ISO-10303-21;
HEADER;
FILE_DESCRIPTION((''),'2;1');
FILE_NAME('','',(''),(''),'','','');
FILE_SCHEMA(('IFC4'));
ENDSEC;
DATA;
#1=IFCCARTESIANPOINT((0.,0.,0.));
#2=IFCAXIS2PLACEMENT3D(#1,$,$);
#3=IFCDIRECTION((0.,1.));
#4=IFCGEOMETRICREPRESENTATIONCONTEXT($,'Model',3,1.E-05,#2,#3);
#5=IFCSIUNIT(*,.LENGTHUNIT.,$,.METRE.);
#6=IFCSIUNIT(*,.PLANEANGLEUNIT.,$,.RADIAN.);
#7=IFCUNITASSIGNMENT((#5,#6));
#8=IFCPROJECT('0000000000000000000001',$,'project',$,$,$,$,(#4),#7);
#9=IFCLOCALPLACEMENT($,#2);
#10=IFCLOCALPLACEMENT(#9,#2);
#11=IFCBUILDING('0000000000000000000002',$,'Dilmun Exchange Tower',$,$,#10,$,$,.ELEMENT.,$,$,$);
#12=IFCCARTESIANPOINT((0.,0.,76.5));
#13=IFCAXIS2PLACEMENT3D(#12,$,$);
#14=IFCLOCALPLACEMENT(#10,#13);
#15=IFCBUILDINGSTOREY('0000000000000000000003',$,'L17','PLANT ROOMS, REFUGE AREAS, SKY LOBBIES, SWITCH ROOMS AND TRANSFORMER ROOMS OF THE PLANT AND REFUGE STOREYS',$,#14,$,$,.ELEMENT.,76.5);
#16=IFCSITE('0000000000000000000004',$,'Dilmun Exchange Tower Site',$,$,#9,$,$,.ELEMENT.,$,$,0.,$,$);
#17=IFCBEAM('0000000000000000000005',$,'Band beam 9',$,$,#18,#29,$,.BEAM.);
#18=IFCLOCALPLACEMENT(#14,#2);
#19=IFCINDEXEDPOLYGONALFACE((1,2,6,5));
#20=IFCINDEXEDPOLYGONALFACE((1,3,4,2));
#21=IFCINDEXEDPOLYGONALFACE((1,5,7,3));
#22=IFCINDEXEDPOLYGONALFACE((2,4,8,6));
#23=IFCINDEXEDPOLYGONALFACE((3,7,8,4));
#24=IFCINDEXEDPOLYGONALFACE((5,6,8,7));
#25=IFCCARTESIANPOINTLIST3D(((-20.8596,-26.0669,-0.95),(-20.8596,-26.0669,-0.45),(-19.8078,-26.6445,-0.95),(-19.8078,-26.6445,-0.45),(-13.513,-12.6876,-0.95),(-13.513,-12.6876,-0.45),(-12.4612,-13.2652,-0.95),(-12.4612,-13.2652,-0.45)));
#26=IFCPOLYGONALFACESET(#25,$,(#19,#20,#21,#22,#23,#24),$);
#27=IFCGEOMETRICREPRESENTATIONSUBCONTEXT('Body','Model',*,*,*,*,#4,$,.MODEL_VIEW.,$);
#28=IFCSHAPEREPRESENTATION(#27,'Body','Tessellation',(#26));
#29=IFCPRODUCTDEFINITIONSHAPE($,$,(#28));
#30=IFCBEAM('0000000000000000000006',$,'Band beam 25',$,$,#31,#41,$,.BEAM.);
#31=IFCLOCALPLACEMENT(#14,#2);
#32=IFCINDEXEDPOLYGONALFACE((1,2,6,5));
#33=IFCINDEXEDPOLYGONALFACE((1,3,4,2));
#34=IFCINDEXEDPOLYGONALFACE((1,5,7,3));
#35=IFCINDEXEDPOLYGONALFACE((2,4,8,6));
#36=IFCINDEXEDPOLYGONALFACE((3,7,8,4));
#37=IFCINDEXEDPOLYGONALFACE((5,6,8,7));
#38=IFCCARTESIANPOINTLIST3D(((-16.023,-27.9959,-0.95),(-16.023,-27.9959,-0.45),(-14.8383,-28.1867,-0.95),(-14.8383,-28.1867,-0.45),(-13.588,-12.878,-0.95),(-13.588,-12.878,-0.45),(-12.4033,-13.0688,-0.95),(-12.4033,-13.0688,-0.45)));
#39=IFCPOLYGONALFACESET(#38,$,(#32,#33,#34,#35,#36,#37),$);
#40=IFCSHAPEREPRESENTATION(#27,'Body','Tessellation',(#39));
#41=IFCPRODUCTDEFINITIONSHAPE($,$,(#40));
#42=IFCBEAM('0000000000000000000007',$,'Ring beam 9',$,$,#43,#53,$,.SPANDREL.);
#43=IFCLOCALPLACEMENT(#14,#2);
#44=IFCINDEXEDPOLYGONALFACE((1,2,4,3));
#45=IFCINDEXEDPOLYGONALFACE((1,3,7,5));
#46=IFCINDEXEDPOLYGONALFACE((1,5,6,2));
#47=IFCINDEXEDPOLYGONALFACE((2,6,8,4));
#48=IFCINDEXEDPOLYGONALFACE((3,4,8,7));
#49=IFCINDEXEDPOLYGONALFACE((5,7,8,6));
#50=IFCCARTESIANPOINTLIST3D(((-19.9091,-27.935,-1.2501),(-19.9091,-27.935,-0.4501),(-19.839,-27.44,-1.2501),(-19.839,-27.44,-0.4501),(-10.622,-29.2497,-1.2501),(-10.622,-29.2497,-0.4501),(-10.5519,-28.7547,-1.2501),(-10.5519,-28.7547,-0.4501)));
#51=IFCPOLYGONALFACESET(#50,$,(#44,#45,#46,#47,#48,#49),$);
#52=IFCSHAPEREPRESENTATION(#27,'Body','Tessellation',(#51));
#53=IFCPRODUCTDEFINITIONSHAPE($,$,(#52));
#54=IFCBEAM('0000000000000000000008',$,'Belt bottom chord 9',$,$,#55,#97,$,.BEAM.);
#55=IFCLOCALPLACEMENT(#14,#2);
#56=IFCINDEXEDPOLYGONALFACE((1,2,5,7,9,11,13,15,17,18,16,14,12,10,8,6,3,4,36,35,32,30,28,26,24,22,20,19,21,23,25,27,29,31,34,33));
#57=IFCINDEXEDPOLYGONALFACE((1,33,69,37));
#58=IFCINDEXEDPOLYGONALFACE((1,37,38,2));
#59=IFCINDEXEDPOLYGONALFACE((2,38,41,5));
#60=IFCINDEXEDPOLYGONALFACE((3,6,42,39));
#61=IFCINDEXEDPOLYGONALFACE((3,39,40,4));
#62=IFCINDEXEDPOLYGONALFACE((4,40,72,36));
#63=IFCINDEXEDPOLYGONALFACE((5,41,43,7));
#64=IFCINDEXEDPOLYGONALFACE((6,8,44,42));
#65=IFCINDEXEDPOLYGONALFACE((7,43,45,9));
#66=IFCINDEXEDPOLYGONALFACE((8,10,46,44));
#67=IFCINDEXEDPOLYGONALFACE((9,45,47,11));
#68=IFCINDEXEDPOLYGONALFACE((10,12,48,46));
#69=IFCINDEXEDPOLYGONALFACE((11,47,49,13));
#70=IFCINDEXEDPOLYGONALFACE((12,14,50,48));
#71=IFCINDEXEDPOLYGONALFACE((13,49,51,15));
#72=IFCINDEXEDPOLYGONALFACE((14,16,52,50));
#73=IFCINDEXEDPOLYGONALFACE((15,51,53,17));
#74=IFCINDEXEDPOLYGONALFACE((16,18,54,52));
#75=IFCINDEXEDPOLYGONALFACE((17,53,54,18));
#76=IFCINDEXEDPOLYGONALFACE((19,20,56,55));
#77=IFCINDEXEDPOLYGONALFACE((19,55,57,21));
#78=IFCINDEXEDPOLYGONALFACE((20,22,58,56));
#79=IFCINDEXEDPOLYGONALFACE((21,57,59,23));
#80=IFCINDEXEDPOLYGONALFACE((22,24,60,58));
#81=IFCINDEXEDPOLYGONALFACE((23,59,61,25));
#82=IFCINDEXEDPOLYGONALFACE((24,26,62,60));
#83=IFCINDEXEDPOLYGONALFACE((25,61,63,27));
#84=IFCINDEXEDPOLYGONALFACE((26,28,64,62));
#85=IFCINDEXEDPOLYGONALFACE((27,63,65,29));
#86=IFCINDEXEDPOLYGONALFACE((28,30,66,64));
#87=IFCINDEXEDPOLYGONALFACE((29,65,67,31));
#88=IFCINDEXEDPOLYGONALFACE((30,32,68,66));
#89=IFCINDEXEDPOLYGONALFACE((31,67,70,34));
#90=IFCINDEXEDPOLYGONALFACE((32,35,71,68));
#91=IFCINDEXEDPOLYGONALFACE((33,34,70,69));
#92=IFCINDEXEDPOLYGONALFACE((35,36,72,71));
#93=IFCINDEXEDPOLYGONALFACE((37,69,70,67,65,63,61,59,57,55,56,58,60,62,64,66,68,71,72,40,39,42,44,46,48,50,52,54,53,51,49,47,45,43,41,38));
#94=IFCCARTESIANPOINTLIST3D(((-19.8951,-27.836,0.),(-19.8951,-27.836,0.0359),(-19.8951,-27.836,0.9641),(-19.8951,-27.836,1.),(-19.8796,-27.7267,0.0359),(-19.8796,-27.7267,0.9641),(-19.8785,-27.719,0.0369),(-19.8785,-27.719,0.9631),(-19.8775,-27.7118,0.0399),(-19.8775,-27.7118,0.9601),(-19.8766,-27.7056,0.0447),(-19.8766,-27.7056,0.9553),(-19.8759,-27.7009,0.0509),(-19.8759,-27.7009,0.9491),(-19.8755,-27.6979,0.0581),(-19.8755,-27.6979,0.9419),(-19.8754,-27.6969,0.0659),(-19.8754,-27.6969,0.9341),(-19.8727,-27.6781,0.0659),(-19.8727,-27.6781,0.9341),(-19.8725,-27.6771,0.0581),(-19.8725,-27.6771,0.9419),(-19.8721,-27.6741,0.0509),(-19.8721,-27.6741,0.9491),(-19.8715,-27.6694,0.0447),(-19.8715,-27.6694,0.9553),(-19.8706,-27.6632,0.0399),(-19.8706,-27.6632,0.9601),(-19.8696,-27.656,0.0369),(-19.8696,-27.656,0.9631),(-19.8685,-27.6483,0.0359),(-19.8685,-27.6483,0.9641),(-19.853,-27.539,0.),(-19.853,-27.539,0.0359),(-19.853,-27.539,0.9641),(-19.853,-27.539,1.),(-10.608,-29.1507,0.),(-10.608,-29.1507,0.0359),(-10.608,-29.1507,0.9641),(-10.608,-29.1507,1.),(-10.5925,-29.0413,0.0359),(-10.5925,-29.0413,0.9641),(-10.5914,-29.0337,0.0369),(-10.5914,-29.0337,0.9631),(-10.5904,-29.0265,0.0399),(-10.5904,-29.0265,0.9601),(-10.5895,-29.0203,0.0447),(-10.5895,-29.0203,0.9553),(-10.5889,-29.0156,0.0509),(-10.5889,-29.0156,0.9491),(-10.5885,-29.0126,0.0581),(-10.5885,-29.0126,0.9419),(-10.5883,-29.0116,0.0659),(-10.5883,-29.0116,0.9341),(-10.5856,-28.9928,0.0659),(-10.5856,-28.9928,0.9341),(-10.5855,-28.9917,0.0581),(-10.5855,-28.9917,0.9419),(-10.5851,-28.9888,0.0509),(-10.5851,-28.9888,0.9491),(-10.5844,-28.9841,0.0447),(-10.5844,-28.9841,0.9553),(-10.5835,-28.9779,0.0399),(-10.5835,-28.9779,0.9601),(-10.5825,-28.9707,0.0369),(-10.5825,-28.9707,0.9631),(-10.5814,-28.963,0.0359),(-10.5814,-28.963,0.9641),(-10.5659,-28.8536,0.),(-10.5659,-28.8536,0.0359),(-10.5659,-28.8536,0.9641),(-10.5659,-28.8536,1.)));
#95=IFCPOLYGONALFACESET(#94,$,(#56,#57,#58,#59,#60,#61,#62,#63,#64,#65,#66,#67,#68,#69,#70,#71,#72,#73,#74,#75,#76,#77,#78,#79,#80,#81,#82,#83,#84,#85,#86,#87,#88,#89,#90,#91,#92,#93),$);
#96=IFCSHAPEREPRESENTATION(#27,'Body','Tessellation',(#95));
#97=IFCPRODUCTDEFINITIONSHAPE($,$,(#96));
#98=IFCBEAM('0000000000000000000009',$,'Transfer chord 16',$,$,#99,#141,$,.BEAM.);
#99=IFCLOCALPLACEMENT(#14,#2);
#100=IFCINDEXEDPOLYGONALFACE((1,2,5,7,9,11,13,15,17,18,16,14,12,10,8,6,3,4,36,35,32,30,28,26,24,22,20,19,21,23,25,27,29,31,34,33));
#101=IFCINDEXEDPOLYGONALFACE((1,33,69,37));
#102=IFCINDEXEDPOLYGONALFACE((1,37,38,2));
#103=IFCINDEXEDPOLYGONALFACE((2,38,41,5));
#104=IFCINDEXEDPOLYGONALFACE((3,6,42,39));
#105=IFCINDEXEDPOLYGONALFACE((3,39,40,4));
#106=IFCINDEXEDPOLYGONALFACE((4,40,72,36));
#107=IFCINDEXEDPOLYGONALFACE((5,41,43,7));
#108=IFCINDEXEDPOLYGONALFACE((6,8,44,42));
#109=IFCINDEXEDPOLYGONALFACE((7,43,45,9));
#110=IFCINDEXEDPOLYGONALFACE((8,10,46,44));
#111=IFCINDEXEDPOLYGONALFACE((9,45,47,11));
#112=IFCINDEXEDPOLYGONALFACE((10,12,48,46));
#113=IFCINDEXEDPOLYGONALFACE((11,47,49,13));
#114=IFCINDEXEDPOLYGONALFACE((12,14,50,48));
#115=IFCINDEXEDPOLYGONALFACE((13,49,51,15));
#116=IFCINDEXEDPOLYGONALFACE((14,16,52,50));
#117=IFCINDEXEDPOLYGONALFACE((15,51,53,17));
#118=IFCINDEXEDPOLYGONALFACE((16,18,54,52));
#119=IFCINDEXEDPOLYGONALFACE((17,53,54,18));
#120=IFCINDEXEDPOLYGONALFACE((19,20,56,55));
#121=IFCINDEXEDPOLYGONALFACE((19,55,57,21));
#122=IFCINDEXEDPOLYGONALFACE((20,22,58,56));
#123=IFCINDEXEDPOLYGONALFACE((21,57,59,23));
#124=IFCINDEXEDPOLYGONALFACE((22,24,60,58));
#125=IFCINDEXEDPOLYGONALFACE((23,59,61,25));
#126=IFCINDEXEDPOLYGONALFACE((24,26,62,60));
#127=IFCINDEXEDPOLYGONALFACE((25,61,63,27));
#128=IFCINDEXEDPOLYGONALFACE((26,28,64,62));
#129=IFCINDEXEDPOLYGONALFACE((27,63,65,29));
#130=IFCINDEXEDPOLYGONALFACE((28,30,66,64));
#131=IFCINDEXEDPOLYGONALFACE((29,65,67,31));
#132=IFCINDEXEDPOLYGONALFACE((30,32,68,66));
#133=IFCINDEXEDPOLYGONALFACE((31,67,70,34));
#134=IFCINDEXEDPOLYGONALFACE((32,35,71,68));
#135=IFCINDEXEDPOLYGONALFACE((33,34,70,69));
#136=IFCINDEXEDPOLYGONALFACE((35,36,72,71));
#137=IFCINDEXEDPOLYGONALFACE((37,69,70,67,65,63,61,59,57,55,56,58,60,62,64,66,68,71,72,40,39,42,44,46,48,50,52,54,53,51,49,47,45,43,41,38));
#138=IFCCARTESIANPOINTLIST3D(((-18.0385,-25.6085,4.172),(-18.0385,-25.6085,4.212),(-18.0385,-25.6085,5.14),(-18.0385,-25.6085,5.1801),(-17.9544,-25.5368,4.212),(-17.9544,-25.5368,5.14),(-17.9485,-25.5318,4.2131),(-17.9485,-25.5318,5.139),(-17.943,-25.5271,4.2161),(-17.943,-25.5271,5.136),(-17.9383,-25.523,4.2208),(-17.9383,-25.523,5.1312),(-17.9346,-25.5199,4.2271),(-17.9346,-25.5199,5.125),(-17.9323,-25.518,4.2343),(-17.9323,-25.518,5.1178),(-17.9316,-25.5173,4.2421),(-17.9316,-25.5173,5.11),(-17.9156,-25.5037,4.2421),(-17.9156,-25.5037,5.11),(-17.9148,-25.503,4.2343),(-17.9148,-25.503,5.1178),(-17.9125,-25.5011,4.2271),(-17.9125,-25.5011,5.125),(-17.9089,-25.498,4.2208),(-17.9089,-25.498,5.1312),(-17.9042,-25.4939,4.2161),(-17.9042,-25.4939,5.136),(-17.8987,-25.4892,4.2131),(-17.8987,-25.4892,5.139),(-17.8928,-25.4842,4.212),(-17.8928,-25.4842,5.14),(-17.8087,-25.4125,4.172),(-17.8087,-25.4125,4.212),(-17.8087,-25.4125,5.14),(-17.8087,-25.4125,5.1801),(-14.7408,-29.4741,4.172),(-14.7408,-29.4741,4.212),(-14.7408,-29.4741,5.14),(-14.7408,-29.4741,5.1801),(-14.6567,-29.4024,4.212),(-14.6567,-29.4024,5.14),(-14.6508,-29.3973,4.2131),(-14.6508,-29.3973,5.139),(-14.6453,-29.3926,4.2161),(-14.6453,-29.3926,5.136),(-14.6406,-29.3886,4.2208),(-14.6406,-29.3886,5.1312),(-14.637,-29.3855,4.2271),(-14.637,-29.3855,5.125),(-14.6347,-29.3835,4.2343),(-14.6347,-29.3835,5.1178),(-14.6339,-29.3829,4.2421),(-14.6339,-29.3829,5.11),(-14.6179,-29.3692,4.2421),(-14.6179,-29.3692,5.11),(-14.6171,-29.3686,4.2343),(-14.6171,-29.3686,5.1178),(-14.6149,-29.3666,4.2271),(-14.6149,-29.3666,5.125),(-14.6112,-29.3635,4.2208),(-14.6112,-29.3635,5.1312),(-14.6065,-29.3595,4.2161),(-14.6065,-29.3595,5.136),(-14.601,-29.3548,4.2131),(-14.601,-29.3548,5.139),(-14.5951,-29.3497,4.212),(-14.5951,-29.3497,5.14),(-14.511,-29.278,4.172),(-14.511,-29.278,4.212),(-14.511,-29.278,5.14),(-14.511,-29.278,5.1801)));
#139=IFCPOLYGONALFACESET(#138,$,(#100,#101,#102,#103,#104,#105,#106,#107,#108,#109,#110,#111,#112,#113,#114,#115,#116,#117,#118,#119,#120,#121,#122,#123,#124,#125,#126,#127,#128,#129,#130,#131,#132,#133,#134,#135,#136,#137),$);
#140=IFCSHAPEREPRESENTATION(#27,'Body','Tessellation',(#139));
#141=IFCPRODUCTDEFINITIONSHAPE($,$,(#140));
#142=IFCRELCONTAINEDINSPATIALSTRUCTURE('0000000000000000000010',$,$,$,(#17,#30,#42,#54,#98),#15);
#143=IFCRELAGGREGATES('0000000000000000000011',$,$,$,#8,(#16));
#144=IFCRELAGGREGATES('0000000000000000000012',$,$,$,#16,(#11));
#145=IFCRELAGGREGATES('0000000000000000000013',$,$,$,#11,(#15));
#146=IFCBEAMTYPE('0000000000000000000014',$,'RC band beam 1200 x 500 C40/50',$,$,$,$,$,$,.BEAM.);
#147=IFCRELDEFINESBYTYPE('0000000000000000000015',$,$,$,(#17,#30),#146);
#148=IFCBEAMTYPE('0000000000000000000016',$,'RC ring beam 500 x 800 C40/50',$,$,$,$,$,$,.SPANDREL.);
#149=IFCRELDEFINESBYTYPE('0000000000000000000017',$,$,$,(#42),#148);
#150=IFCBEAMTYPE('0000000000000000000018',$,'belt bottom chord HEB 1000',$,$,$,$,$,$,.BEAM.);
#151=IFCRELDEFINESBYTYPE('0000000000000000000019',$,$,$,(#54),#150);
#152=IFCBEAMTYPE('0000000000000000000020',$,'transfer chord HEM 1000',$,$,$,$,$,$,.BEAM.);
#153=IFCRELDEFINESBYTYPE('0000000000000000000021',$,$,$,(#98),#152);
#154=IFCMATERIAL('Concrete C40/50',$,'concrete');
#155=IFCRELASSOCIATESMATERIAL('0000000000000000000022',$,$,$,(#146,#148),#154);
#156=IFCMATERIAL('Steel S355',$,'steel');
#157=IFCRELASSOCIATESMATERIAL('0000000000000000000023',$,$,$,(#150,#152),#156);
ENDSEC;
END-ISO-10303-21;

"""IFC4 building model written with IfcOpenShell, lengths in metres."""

from ifc_helpers import new_model, si_unit, direction, frame, origin, origin_2d, place, context, subcontext, project, spatial, rectangle, i_section, extrude, material, material_profile, profile_set, type_object, element, save


model = new_model("IFC4")

# Units and contexts
model_context = context("Model", 3, precision=1e-05, world=origin(), true_north=direction((0.0, 1.0)))
body_context = subcontext(model_context, "Body", "Model", "MODEL_VIEW")
ifc_project = project(units=[si_unit("LENGTHUNIT", "METRE"), si_unit("PLANEANGLEUNIT", "RADIAN")], contexts=[model_context])

# Site, building, storey
site_placement = place(None, origin())
site = spatial("IfcSite", under=ifc_project, at=site_placement, Name="Dilmun Exchange Tower Site", CompositionType="ELEMENT", RefElevation=0.0)
building_placement = place(site_placement, origin())
building = spatial("IfcBuilding", under=site, at=building_placement, Name="Dilmun Exchange Tower", CompositionType="ELEMENT")
storey_placement = place(building_placement, frame((0.0, 0.0, 76.5)))
storey = spatial("IfcBuildingStorey", under=building, at=storey_placement, Name="L17", Description="PLANT ROOMS, REFUGE AREAS, SKY LOBBIES, SWITCH ROOMS AND TRANSFORMER ROOMS OF THE PLANT AND REFUGE STOREYS", CompositionType="ELEMENT", Elevation=76.5)

# Beams
ifc_material_1 = material(Name="Concrete C40/50", Category="concrete")
ifc_material_profile_1 = material_profile(ifc_material_1, rectangle(XDim=1.2, YDim=0.5, at=origin_2d()), Name="1200 x 500")
ifc_profile_set_1 = profile_set([ifc_material_profile_1], Name="Concrete C40/50")
beam_type_1 = type_object("IfcBeamType", Name="RC band beam 1200 x 500 C40/50", PredefinedType="BEAM", material=ifc_profile_set_1)
beam_1_placement = place(storey_placement, frame((-20.3337, -26.3557, -0.7), z_axis=(0.481316, 0.876547, 0.0), x_axis=(-0.876547, 0.481316, 0.0)))
element("IfcBeam", 1, at=beam_1_placement, inside=storey, type_object=beam_type_1, Name="Band beam 9", PredefinedType="BEAM", context=body_context, shape_type="SweptSolid", body=[
    extrude(rectangle(XDim=1.2, YDim=0.5, at=origin_2d()), origin(), (0.0, 0.0, 1.0), 15.2637),
])
beam_2_placement = place(storey_placement, frame((-15.4307, -28.0913, -0.7), z_axis=(0.159021, 0.987275, 0.0), x_axis=(-0.987275, 0.159021, 0.0)))
element("IfcBeam", 2, at=beam_2_placement, inside=storey, type_object=beam_type_1, Name="Band beam 25", PredefinedType="BEAM", context=body_context, shape_type="SweptSolid", body=[
    extrude(rectangle(XDim=1.2, YDim=0.5, at=origin_2d()), origin(), (0.0, 0.0, 1.0), 15.3127),
])
ifc_material_profile_2 = material_profile(ifc_material_1, rectangle(XDim=0.5, YDim=0.8, at=origin_2d()), Name="500 x 800")
ifc_profile_set_2 = profile_set([ifc_material_profile_2], Name="Concrete C40/50")
beam_type_2 = type_object("IfcBeamType", Name="RC ring beam 500 x 800 C40/50", PredefinedType="SPANDREL", material=ifc_profile_set_2)
beam_3_placement = place(storey_placement, frame((-19.874, -27.6875, -0.8501), z_axis=(0.990128, -0.140164, 0.0), x_axis=(0.140164, 0.990128, 0.0)))
element("IfcBeam", 3, at=beam_3_placement, inside=storey, type_object=beam_type_2, Name="Ring beam 9", PredefinedType="SPANDREL", context=body_context, shape_type="SweptSolid", body=[
    extrude(rectangle(XDim=0.5, YDim=0.8, at=origin_2d()), origin(), (0.0, 0.0, 1.0), 9.3796),
])
ifc_material_2 = material(Name="Steel S355", Category="steel")
ifc_material_profile_3 = material_profile(ifc_material_2, i_section(OverallWidth=0.3, OverallDepth=1.0, WebThickness=0.019, FlangeThickness=0.0359, FilletRadius=0.03, at=origin_2d()), Name="HEB 1000")
ifc_profile_set_3 = profile_set([ifc_material_profile_3], Name="Steel S355")
beam_type_3 = type_object("IfcBeamType", Name="belt bottom chord HEB 1000", PredefinedType="BEAM", material=ifc_profile_set_3)
beam_4_placement = place(storey_placement, frame((-19.874, -27.6875, 0.5), z_axis=(0.990128, -0.140164, 0.0), x_axis=(0.140164, 0.990128, 0.0)))
element("IfcBeam", 4, at=beam_4_placement, inside=storey, type_object=beam_type_3, Name="Belt bottom chord 9", PredefinedType="BEAM", context=body_context, shape_type="SweptSolid", body=[
    extrude(i_section(OverallWidth=0.3, OverallDepth=1.0, WebThickness=0.019, FlangeThickness=0.0359, FilletRadius=0.03, at=origin_2d()), origin(), (0.0, 0.0, 1.0), 9.3796),
])
ifc_material_profile_4 = material_profile(ifc_material_2, i_section(OverallWidth=0.302, OverallDepth=1.0081, WebThickness=0.021, FlangeThickness=0.04, FilletRadius=0.03, at=origin_2d()), Name="HEM 1000")
ifc_profile_set_4 = profile_set([ifc_material_profile_4], Name="Steel S355")
beam_type_4 = type_object("IfcBeamType", Name="transfer chord HEM 1000", PredefinedType="BEAM", material=ifc_profile_set_4)
beam_5_placement = place(storey_placement, frame((-17.9236, -25.5105, 4.676), z_axis=(0.649013, -0.760777, 0.0), x_axis=(0.760777, 0.649013, 0.0)))
element("IfcBeam", 5, at=beam_5_placement, inside=storey, type_object=beam_type_4, Name="Transfer chord 16", PredefinedType="BEAM", context=body_context, shape_type="SweptSolid", body=[
    extrude(i_section(OverallWidth=0.302, OverallDepth=1.0081, WebThickness=0.021, FlangeThickness=0.04, FilletRadius=0.03, at=origin_2d()), origin(), (0.0, 0.0, 1.0), 5.0811),
])

save(model, "model.ifc")
